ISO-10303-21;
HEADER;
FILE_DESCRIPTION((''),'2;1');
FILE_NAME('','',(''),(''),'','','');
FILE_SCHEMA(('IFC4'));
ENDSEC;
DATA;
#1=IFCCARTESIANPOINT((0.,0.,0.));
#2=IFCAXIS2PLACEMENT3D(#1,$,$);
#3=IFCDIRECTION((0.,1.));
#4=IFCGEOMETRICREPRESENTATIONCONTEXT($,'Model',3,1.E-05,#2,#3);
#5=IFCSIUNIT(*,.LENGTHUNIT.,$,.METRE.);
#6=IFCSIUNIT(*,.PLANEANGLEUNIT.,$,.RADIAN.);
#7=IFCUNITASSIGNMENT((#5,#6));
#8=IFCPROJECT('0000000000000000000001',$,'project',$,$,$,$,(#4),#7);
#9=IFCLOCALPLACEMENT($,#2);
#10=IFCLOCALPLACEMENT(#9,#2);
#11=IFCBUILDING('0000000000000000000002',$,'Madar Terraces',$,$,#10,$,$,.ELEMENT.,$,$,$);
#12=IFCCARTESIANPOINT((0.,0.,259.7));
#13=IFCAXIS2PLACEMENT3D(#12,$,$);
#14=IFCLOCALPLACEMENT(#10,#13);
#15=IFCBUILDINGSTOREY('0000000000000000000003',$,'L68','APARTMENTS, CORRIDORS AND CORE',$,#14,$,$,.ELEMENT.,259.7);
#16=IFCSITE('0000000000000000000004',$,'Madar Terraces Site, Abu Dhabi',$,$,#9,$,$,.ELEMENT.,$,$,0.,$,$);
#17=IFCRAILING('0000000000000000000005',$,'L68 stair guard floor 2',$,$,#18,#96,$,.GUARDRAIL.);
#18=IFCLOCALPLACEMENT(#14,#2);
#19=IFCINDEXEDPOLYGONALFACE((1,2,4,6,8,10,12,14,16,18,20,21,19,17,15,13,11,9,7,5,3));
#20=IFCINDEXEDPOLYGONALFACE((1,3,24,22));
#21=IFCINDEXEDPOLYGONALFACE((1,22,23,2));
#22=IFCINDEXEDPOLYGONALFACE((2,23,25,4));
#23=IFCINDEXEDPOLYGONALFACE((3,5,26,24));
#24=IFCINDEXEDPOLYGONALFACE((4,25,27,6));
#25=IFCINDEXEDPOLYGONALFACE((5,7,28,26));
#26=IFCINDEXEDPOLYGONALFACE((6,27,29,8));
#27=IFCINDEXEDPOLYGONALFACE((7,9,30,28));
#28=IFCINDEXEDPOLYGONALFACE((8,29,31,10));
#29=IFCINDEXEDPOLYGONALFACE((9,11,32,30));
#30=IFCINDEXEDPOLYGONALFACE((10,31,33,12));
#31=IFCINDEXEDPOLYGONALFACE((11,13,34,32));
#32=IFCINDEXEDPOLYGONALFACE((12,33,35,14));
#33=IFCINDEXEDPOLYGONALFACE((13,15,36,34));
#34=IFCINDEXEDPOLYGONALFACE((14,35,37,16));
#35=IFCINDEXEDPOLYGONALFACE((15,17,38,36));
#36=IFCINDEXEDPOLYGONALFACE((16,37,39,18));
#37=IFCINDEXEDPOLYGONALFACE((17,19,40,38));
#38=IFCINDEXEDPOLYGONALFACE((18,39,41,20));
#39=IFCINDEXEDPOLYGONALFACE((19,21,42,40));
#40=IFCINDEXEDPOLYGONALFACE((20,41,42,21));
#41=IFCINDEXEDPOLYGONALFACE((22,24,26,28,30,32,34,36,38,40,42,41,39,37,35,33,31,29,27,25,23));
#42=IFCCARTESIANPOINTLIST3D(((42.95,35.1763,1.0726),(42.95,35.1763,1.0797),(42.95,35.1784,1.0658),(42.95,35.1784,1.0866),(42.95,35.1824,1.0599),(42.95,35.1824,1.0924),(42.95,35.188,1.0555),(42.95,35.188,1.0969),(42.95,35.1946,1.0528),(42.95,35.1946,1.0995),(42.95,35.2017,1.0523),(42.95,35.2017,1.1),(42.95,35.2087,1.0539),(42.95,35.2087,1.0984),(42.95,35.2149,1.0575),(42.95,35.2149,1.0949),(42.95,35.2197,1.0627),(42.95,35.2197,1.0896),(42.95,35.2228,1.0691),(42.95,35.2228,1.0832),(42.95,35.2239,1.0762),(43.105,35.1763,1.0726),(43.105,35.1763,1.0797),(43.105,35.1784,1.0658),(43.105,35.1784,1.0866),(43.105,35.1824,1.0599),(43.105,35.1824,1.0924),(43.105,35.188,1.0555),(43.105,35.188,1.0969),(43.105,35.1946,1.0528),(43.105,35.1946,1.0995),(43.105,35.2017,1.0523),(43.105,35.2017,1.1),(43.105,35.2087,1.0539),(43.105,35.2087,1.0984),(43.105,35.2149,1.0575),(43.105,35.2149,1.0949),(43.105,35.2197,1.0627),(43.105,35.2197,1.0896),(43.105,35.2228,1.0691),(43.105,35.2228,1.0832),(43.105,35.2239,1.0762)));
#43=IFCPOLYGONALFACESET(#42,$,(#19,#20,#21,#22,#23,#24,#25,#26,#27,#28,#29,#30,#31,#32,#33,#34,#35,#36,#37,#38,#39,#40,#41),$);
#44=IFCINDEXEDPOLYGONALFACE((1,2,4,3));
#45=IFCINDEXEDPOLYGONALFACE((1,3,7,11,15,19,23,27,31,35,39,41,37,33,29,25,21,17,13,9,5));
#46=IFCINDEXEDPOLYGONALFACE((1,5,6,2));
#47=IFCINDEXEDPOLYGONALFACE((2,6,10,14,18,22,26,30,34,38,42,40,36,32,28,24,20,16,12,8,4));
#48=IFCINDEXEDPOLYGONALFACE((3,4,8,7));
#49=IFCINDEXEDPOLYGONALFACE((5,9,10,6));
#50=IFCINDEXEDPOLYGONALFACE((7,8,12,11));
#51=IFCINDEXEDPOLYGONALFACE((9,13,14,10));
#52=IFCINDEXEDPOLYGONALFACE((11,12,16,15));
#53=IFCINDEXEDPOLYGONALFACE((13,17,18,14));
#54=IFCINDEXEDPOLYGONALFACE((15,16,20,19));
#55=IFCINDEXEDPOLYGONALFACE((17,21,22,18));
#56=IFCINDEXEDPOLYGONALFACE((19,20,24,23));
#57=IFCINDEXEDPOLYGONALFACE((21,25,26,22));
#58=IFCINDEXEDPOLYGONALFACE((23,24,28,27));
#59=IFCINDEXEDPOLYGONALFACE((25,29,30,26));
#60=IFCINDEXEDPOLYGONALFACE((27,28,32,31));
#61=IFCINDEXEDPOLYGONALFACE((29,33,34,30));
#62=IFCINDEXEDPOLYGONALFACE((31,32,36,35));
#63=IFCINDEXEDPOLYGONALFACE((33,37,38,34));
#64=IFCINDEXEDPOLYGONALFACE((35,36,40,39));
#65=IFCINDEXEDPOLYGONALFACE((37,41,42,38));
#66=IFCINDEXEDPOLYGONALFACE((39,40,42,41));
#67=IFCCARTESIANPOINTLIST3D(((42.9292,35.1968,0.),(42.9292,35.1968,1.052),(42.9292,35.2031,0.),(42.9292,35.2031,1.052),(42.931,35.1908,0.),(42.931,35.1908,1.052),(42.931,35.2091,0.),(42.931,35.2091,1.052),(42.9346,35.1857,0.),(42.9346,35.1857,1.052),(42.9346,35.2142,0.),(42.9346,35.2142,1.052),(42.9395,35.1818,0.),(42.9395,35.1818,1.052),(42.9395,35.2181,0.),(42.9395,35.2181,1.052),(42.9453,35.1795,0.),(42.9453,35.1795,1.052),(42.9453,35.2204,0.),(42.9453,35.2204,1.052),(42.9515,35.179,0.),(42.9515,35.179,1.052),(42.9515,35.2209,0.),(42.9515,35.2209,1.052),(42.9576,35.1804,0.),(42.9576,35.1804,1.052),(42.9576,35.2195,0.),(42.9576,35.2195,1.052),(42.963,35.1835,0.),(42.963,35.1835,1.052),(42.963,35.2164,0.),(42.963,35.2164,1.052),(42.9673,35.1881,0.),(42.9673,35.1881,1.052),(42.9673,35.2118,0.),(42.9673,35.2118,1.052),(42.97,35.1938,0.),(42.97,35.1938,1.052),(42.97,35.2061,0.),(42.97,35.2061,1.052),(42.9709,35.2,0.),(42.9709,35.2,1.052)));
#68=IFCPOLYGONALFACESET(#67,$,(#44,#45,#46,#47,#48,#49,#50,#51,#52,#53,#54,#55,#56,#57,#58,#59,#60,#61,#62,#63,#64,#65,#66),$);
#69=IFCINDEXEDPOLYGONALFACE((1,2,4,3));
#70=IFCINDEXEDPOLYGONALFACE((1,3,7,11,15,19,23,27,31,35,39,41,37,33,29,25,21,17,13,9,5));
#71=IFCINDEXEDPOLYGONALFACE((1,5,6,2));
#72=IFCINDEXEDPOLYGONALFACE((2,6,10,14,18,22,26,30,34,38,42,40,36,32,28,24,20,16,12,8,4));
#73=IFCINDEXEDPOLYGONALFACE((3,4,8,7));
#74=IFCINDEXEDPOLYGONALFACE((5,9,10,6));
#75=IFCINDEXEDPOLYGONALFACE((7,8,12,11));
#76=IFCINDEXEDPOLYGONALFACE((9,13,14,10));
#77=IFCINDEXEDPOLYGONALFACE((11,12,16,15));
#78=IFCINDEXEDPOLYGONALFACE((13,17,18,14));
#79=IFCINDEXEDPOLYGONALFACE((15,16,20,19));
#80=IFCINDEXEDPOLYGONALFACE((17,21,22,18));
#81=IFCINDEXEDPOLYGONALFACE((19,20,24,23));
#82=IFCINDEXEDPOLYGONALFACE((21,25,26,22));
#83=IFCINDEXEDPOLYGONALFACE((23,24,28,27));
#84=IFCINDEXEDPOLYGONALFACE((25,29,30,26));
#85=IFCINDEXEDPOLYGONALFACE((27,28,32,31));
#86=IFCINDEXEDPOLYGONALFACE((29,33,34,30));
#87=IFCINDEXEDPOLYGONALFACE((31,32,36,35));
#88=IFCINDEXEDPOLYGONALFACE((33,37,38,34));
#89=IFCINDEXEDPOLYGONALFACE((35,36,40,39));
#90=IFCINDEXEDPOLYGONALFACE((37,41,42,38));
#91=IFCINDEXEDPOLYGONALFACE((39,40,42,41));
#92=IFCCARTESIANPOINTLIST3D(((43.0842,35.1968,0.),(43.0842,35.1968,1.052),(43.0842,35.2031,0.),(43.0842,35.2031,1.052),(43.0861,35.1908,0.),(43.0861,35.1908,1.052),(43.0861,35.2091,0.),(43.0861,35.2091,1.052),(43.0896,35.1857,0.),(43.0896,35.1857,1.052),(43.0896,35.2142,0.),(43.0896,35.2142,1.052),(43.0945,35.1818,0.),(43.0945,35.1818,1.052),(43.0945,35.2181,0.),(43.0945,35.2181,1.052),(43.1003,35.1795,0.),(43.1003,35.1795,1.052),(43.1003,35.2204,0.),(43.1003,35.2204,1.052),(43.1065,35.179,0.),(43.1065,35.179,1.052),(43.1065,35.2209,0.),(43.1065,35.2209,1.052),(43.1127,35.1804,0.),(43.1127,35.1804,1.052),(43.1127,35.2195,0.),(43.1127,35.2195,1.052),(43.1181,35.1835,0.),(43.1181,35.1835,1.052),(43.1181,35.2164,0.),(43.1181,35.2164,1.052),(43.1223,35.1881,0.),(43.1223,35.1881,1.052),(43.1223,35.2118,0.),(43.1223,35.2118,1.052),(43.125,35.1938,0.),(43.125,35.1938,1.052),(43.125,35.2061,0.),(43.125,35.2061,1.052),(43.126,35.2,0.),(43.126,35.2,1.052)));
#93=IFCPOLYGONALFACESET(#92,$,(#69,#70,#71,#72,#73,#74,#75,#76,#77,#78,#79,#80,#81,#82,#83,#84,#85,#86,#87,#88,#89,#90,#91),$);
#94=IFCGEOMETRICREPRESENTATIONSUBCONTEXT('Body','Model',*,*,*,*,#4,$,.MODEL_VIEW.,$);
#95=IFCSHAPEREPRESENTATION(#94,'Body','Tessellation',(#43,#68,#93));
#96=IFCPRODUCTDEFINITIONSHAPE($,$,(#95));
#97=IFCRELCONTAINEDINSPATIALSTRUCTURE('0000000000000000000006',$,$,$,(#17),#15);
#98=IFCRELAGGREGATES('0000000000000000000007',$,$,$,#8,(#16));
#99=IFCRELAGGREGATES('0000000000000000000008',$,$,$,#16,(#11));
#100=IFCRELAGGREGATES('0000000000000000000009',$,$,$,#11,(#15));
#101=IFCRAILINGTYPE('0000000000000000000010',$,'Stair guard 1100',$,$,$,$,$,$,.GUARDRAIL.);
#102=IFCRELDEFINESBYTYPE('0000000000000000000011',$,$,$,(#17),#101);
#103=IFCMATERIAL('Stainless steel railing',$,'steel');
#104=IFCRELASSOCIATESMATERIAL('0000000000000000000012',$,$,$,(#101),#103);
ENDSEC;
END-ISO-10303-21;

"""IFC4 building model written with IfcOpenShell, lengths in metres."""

from ifc_helpers import new_model, si_unit, direction, frame, origin, origin_2d, place, context, subcontext, project, spatial, circle, extrude, material, type_object, element, save


model = new_model("IFC4")

# Units and contexts
model_context = context("Model", 3, precision=1e-05, world=origin(), true_north=direction((0.0, 1.0)))
body_context = subcontext(model_context, "Body", "Model", "MODEL_VIEW")
ifc_project = project(units=[si_unit("LENGTHUNIT", "METRE"), si_unit("PLANEANGLEUNIT", "RADIAN")], contexts=[model_context])

# Site, building, storey
site_placement = place(None, origin())
site = spatial("IfcSite", under=ifc_project, at=site_placement, Name="Madar Terraces Site, Abu Dhabi", CompositionType="ELEMENT", RefElevation=0.0)
building_placement = place(site_placement, origin())
building = spatial("IfcBuilding", under=site, at=building_placement, Name="Madar Terraces", CompositionType="ELEMENT")
storey_placement = place(building_placement, frame((0.0, 0.0, 259.7)))
storey = spatial("IfcBuildingStorey", under=building, at=storey_placement, Name="L68", Description="APARTMENTS, CORRIDORS AND CORE", CompositionType="ELEMENT", Elevation=259.7)

# Railing
ifc_material_1 = material(Name="Stainless steel railing", Category="steel")
railing_type_1 = type_object("IfcRailingType", Name="Stair guard 1100", PredefinedType="GUARDRAIL", material=ifc_material_1)
for number, where, name in (
    (1, (42.95, 35.2, 0.0), "L68 stair guard floor 2"),
):
    element("IfcRailing", number, at=place(storey_placement, frame(where)), inside=storey, type_object=railing_type_1, Name=name, PredefinedType="GUARDRAIL", context=body_context, shape_type="SweptSolid", body=[
        extrude(circle(Radius=0.0239, at=origin_2d()), frame((0.0, 0.0, 1.0762), z_axis=(1.0, 0.0, 0.0), x_axis=(0.0, 1.0, 0.0)), (0.0, 0.0, 1.0), 0.155),
        extrude(circle(Radius=0.021, at=origin_2d()), origin(), (0.0, 0.0, 1.0), 1.052),
        extrude(circle(Radius=0.021, at=origin_2d()), frame((0.155, 0.0, 0.0)), (0.0, 0.0, 1.0), 1.052),
    ])

save(model, "model.ifc")
